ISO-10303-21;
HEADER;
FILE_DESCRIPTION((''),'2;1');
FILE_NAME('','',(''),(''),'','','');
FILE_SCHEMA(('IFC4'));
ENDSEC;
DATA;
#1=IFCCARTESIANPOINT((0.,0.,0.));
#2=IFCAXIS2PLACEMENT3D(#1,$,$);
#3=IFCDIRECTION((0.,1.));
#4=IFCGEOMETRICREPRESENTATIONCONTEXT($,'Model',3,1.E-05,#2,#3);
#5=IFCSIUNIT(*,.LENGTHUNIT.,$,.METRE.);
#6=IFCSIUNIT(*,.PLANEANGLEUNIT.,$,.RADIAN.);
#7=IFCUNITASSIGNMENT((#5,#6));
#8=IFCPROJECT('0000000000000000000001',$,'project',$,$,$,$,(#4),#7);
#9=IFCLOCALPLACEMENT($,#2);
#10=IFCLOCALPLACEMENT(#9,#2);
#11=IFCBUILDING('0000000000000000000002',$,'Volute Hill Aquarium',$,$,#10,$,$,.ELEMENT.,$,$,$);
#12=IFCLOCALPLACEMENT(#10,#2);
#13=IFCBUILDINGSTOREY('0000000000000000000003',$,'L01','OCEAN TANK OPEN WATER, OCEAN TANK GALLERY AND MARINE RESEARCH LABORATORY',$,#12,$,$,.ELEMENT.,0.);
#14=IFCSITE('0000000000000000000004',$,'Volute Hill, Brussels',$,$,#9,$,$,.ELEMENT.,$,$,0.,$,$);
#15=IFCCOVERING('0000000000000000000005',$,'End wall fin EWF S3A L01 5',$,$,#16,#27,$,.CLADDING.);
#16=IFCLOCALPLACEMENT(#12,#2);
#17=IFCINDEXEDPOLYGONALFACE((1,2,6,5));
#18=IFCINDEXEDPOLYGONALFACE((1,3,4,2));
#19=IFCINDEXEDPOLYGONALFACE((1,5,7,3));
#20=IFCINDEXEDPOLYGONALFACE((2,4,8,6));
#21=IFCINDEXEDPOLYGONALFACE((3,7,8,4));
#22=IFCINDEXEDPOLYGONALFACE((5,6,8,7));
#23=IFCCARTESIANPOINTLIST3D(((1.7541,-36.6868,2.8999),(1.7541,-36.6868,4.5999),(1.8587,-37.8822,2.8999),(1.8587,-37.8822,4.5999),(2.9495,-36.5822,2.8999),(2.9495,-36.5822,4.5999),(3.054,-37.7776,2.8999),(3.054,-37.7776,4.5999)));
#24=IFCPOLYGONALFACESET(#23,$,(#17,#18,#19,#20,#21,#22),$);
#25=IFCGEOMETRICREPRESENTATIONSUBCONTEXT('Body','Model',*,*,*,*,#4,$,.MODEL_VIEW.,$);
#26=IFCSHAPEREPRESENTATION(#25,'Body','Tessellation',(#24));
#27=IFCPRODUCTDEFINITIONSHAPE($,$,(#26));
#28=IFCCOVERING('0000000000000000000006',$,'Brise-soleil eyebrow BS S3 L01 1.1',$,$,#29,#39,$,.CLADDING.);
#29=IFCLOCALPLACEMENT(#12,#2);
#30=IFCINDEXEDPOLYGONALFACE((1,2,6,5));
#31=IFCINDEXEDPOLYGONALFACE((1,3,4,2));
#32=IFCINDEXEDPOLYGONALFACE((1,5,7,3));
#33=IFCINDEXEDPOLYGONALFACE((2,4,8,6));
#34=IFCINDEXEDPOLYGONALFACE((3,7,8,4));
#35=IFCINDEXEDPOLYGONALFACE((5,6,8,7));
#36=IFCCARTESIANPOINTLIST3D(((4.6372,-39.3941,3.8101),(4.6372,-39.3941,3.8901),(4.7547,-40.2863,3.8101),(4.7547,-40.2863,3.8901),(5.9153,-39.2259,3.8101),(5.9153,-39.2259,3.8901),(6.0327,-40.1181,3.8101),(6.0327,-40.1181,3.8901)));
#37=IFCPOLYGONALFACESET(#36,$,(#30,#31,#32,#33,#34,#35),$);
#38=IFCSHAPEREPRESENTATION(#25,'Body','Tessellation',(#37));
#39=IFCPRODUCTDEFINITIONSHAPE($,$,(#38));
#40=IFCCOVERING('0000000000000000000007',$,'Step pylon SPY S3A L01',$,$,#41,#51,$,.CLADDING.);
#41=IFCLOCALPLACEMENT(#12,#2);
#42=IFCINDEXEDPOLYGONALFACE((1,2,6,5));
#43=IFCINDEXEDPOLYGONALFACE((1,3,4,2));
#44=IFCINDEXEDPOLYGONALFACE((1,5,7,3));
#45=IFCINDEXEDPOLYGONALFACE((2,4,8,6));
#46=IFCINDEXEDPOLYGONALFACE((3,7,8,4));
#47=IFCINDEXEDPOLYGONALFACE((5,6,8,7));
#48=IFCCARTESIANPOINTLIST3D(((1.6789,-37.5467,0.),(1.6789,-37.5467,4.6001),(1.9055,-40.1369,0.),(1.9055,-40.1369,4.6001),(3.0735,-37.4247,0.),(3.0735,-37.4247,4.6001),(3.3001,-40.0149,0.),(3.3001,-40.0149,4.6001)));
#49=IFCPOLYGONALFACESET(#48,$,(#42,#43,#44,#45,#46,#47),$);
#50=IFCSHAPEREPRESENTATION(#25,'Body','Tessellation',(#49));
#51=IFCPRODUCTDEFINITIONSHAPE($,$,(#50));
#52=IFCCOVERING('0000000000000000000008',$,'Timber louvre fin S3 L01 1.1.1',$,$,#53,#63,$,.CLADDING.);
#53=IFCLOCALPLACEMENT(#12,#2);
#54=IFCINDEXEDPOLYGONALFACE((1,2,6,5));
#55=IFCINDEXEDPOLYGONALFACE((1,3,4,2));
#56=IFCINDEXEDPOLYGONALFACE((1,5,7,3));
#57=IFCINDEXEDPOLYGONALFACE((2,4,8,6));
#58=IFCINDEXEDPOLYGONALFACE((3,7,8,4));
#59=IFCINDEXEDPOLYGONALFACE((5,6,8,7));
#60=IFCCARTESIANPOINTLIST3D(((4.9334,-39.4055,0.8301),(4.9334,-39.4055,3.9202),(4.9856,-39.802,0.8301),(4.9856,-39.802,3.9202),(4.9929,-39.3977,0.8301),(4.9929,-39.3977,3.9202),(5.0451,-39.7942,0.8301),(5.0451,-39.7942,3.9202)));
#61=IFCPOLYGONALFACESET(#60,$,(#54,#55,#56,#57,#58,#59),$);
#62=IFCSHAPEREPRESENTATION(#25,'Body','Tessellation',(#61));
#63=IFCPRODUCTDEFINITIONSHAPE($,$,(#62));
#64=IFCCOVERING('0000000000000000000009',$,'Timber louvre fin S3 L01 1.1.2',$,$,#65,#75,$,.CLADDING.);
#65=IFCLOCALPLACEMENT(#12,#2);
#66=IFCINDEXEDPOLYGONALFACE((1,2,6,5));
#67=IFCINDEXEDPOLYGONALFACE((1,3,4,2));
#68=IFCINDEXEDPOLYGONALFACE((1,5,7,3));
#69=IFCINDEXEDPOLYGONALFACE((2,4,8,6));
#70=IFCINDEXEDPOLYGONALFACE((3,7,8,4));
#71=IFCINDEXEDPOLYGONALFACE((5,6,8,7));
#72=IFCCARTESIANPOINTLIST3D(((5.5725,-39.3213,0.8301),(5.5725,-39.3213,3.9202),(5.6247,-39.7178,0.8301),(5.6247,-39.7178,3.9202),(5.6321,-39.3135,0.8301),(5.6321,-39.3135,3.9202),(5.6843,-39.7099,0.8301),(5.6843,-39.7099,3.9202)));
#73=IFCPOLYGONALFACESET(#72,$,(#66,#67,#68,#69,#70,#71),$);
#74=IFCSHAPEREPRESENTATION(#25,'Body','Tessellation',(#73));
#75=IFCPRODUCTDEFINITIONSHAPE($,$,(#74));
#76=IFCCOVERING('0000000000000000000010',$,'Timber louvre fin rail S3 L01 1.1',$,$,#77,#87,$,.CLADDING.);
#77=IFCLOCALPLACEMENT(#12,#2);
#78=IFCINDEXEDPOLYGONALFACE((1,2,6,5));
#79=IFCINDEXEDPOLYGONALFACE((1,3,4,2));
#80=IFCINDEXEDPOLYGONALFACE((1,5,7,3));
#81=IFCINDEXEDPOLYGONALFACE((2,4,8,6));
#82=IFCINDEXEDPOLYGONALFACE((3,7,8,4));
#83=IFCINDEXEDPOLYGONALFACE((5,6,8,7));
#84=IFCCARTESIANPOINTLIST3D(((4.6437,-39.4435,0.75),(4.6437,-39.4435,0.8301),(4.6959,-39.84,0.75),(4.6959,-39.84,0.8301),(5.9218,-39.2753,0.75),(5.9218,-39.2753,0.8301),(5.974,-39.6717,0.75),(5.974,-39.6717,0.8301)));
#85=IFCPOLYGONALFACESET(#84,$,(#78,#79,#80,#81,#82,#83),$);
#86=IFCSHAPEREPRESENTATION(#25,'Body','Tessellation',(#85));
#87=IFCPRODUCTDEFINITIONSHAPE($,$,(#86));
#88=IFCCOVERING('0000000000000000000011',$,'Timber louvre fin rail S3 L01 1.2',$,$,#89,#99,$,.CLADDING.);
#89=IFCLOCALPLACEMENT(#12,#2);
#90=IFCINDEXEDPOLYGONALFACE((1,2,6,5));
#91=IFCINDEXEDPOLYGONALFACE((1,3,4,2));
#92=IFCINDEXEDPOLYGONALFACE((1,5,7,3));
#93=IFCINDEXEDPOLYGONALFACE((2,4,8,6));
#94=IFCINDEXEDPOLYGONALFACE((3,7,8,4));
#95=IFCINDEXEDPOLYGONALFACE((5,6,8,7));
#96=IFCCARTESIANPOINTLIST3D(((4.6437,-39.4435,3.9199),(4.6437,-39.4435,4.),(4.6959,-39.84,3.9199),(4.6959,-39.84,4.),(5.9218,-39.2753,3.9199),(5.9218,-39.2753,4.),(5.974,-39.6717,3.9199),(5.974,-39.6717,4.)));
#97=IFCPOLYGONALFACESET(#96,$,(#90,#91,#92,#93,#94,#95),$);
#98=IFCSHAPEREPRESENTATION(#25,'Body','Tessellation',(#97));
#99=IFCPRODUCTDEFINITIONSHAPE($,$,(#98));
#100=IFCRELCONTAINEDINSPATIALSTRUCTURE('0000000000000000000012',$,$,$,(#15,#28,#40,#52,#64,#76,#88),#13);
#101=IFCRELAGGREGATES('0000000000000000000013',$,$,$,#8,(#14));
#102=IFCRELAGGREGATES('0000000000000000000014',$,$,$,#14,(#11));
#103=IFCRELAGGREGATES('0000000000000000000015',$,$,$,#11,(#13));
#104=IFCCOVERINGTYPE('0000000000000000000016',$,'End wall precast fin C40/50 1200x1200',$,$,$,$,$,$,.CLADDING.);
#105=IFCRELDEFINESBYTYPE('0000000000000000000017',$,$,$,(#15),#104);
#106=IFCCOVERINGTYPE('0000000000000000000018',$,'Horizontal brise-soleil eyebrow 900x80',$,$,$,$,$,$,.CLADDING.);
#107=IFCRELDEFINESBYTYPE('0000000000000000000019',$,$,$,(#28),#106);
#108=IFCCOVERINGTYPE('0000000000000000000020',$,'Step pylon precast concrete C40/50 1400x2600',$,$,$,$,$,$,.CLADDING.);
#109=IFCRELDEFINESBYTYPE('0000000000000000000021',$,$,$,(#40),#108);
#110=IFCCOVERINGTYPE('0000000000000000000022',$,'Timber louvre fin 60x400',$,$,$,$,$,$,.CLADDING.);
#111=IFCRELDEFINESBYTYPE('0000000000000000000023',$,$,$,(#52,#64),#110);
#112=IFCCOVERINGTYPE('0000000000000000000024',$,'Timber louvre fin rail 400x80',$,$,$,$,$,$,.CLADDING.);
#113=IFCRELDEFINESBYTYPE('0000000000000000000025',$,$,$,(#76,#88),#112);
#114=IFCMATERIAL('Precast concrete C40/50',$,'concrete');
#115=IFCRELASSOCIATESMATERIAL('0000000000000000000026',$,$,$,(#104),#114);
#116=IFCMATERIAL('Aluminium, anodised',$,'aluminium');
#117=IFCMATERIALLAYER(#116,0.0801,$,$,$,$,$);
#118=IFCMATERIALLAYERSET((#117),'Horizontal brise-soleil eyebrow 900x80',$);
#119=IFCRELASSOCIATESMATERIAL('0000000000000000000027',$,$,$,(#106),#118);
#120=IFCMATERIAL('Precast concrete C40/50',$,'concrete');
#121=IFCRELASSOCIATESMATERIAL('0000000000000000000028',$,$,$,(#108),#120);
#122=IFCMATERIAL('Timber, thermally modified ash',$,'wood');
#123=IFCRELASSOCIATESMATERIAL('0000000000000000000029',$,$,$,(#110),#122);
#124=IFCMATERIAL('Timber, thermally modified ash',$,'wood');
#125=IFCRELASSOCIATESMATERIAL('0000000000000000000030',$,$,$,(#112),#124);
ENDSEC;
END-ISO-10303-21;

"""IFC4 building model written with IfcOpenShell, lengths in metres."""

from ifc_helpers import new_model, si_unit, direction, frame, origin, origin_2d, place, context, subcontext, project, spatial, rectangle, extrude, material, layer, layer_set, type_object, element, save


model = new_model("IFC4")

# Units and contexts
model_context = context("Model", 3, precision=1e-05, world=origin(), true_north=direction((0.0, 1.0)))
body_context = subcontext(model_context, "Body", "Model", "MODEL_VIEW")
ifc_project = project(units=[si_unit("LENGTHUNIT", "METRE"), si_unit("PLANEANGLEUNIT", "RADIAN")], contexts=[model_context])

# Site, building, storey
site_placement = place(None, origin())
site = spatial("IfcSite", under=ifc_project, at=site_placement, Name="Volute Hill, Brussels", CompositionType="ELEMENT", RefElevation=0.0)
building_placement = place(site_placement, origin())
building = spatial("IfcBuilding", under=site, at=building_placement, Name="Volute Hill Aquarium", CompositionType="ELEMENT")
storey_placement = place(building_placement, origin())
storey = spatial("IfcBuildingStorey", under=building, at=storey_placement, Name="L01", Description="OCEAN TANK OPEN WATER, OCEAN TANK GALLERY AND MARINE RESEARCH LABORATORY", CompositionType="ELEMENT", Elevation=0.0)

# Coverings
ifc_material_1 = material(Name="Precast concrete C40/50", Category="concrete")
covering_type_1 = type_object("IfcCoveringType", Name="End wall precast fin C40/50 1200x1200", PredefinedType="CLADDING", material=ifc_material_1)
covering_1_placement = place(storey_placement, frame((2.4041, -37.2322, 2.8999), z_axis=(0.0, 0.0, 1.0), x_axis=(0.08716, -0.996194, 0.0)))
element("IfcCovering", 1, at=covering_1_placement, inside=storey, type_object=covering_type_1, Name="End wall fin EWF S3A L01 5", PredefinedType="CLADDING", context=body_context, shape_type="SweptSolid", body=[
    extrude(rectangle(XDim=1.2, YDim=1.2, at=origin_2d()), origin(), (0.0, 0.0, 1.0), 1.7),
])
ifc_material_2 = material(Name="Aluminium, anodised", Category="aluminium")
ifc_layer_1 = layer(ifc_material_2, 0.0801)
ifc_layer_set_1 = layer_set([ifc_layer_1], Name="Horizontal brise-soleil eyebrow 900x80")
covering_type_2 = type_object("IfcCoveringType", Name="Horizontal brise-soleil eyebrow 900x80", PredefinedType="CLADDING", material=ifc_layer_set_1)
covering_2_placement = place(storey_placement, frame((5.335, -39.7561, 3.8101), z_axis=(0.0, 0.0, 1.0), x_axis=(0.991447, 0.130511, 0.0)))
element("IfcCovering", 2, at=covering_2_placement, inside=storey, type_object=covering_type_2, Name="Brise-soleil eyebrow BS S3 L01 1.1", PredefinedType="CLADDING", context=body_context, shape_type="SweptSolid", body=[
    extrude(rectangle(XDim=1.2891, YDim=0.8999, at=origin_2d()), origin(), (0.0, 0.0, 1.0), 0.0801),
])
ifc_material_3 = material(Name="Precast concrete C40/50", Category="concrete")
covering_type_3 = type_object("IfcCoveringType", Name="Step pylon precast concrete C40/50 1400x2600", PredefinedType="CLADDING", material=ifc_material_3)
covering_3_placement = place(storey_placement, frame((2.4895, -38.7808, 0.0), z_axis=(0.0, 0.0, 1.0), x_axis=(0.087156, -0.996195, 0.0)))
element("IfcCovering", 3, at=covering_3_placement, inside=storey, type_object=covering_type_3, Name="Step pylon SPY S3A L01", PredefinedType="CLADDING", context=body_context, shape_type="SweptSolid", body=[
    extrude(rectangle(XDim=2.6001, YDim=1.3999, at=origin_2d()), origin(), (0.0, 0.0, 1.0), 4.6001),
])
ifc_material_4 = material(Name="Timber, thermally modified ash", Category="wood")
covering_type_4 = type_object("IfcCoveringType", Name="Timber louvre fin 60x400", PredefinedType="CLADDING", material=ifc_material_4)
for number, where, z_axis, x_axis, name in (
    (4, (4.9893, -39.5999, 0.8301), (0.0, 0.0, 1.0), (0.991447, 0.130511, 0.0), "Timber louvre fin S3 L01 1.1.1"),
    (5, (5.6284, -39.5156, 0.8301), (0.0, 0.0, 1.0), (0.991447, 0.130511, 0.0), "Timber louvre fin S3 L01 1.1.2"),
):
    element("IfcCovering", number, at=place(storey_placement, frame(where, z_axis=z_axis, x_axis=x_axis)), inside=storey, type_object=covering_type_4, Name=name, PredefinedType="CLADDING", context=body_context, shape_type="SweptSolid", body=[
        extrude(rectangle(XDim=0.0601, YDim=0.3999, at=origin_2d()), origin(), (0.0, 0.0, 1.0), 3.0901),
    ])
ifc_material_5 = material(Name="Timber, thermally modified ash", Category="wood")
covering_type_5 = type_object("IfcCoveringType", Name="Timber louvre fin rail 400x80", PredefinedType="CLADDING", material=ifc_material_5)
for number, where, z_axis, x_axis, name in (
    (6, (5.3088, -39.5576, 0.75), (0.0, 0.0, 1.0), (0.991447, 0.130511, 0.0), "Timber louvre fin rail S3 L01 1.1"),
    (7, (5.3088, -39.5576, 3.9199), (0.0, 0.0, 1.0), (0.991447, 0.130511, 0.0), "Timber louvre fin rail S3 L01 1.2"),
):
    element("IfcCovering", number, at=place(storey_placement, frame(where, z_axis=z_axis, x_axis=x_axis)), inside=storey, type_object=covering_type_5, Name=name, PredefinedType="CLADDING", context=body_context, shape_type="SweptSolid", body=[
        extrude(rectangle(XDim=1.2891, YDim=0.3999, at=origin_2d()), origin(), (0.0, 0.0, 1.0), 0.0801),
    ])

save(model, "model.ifc")
